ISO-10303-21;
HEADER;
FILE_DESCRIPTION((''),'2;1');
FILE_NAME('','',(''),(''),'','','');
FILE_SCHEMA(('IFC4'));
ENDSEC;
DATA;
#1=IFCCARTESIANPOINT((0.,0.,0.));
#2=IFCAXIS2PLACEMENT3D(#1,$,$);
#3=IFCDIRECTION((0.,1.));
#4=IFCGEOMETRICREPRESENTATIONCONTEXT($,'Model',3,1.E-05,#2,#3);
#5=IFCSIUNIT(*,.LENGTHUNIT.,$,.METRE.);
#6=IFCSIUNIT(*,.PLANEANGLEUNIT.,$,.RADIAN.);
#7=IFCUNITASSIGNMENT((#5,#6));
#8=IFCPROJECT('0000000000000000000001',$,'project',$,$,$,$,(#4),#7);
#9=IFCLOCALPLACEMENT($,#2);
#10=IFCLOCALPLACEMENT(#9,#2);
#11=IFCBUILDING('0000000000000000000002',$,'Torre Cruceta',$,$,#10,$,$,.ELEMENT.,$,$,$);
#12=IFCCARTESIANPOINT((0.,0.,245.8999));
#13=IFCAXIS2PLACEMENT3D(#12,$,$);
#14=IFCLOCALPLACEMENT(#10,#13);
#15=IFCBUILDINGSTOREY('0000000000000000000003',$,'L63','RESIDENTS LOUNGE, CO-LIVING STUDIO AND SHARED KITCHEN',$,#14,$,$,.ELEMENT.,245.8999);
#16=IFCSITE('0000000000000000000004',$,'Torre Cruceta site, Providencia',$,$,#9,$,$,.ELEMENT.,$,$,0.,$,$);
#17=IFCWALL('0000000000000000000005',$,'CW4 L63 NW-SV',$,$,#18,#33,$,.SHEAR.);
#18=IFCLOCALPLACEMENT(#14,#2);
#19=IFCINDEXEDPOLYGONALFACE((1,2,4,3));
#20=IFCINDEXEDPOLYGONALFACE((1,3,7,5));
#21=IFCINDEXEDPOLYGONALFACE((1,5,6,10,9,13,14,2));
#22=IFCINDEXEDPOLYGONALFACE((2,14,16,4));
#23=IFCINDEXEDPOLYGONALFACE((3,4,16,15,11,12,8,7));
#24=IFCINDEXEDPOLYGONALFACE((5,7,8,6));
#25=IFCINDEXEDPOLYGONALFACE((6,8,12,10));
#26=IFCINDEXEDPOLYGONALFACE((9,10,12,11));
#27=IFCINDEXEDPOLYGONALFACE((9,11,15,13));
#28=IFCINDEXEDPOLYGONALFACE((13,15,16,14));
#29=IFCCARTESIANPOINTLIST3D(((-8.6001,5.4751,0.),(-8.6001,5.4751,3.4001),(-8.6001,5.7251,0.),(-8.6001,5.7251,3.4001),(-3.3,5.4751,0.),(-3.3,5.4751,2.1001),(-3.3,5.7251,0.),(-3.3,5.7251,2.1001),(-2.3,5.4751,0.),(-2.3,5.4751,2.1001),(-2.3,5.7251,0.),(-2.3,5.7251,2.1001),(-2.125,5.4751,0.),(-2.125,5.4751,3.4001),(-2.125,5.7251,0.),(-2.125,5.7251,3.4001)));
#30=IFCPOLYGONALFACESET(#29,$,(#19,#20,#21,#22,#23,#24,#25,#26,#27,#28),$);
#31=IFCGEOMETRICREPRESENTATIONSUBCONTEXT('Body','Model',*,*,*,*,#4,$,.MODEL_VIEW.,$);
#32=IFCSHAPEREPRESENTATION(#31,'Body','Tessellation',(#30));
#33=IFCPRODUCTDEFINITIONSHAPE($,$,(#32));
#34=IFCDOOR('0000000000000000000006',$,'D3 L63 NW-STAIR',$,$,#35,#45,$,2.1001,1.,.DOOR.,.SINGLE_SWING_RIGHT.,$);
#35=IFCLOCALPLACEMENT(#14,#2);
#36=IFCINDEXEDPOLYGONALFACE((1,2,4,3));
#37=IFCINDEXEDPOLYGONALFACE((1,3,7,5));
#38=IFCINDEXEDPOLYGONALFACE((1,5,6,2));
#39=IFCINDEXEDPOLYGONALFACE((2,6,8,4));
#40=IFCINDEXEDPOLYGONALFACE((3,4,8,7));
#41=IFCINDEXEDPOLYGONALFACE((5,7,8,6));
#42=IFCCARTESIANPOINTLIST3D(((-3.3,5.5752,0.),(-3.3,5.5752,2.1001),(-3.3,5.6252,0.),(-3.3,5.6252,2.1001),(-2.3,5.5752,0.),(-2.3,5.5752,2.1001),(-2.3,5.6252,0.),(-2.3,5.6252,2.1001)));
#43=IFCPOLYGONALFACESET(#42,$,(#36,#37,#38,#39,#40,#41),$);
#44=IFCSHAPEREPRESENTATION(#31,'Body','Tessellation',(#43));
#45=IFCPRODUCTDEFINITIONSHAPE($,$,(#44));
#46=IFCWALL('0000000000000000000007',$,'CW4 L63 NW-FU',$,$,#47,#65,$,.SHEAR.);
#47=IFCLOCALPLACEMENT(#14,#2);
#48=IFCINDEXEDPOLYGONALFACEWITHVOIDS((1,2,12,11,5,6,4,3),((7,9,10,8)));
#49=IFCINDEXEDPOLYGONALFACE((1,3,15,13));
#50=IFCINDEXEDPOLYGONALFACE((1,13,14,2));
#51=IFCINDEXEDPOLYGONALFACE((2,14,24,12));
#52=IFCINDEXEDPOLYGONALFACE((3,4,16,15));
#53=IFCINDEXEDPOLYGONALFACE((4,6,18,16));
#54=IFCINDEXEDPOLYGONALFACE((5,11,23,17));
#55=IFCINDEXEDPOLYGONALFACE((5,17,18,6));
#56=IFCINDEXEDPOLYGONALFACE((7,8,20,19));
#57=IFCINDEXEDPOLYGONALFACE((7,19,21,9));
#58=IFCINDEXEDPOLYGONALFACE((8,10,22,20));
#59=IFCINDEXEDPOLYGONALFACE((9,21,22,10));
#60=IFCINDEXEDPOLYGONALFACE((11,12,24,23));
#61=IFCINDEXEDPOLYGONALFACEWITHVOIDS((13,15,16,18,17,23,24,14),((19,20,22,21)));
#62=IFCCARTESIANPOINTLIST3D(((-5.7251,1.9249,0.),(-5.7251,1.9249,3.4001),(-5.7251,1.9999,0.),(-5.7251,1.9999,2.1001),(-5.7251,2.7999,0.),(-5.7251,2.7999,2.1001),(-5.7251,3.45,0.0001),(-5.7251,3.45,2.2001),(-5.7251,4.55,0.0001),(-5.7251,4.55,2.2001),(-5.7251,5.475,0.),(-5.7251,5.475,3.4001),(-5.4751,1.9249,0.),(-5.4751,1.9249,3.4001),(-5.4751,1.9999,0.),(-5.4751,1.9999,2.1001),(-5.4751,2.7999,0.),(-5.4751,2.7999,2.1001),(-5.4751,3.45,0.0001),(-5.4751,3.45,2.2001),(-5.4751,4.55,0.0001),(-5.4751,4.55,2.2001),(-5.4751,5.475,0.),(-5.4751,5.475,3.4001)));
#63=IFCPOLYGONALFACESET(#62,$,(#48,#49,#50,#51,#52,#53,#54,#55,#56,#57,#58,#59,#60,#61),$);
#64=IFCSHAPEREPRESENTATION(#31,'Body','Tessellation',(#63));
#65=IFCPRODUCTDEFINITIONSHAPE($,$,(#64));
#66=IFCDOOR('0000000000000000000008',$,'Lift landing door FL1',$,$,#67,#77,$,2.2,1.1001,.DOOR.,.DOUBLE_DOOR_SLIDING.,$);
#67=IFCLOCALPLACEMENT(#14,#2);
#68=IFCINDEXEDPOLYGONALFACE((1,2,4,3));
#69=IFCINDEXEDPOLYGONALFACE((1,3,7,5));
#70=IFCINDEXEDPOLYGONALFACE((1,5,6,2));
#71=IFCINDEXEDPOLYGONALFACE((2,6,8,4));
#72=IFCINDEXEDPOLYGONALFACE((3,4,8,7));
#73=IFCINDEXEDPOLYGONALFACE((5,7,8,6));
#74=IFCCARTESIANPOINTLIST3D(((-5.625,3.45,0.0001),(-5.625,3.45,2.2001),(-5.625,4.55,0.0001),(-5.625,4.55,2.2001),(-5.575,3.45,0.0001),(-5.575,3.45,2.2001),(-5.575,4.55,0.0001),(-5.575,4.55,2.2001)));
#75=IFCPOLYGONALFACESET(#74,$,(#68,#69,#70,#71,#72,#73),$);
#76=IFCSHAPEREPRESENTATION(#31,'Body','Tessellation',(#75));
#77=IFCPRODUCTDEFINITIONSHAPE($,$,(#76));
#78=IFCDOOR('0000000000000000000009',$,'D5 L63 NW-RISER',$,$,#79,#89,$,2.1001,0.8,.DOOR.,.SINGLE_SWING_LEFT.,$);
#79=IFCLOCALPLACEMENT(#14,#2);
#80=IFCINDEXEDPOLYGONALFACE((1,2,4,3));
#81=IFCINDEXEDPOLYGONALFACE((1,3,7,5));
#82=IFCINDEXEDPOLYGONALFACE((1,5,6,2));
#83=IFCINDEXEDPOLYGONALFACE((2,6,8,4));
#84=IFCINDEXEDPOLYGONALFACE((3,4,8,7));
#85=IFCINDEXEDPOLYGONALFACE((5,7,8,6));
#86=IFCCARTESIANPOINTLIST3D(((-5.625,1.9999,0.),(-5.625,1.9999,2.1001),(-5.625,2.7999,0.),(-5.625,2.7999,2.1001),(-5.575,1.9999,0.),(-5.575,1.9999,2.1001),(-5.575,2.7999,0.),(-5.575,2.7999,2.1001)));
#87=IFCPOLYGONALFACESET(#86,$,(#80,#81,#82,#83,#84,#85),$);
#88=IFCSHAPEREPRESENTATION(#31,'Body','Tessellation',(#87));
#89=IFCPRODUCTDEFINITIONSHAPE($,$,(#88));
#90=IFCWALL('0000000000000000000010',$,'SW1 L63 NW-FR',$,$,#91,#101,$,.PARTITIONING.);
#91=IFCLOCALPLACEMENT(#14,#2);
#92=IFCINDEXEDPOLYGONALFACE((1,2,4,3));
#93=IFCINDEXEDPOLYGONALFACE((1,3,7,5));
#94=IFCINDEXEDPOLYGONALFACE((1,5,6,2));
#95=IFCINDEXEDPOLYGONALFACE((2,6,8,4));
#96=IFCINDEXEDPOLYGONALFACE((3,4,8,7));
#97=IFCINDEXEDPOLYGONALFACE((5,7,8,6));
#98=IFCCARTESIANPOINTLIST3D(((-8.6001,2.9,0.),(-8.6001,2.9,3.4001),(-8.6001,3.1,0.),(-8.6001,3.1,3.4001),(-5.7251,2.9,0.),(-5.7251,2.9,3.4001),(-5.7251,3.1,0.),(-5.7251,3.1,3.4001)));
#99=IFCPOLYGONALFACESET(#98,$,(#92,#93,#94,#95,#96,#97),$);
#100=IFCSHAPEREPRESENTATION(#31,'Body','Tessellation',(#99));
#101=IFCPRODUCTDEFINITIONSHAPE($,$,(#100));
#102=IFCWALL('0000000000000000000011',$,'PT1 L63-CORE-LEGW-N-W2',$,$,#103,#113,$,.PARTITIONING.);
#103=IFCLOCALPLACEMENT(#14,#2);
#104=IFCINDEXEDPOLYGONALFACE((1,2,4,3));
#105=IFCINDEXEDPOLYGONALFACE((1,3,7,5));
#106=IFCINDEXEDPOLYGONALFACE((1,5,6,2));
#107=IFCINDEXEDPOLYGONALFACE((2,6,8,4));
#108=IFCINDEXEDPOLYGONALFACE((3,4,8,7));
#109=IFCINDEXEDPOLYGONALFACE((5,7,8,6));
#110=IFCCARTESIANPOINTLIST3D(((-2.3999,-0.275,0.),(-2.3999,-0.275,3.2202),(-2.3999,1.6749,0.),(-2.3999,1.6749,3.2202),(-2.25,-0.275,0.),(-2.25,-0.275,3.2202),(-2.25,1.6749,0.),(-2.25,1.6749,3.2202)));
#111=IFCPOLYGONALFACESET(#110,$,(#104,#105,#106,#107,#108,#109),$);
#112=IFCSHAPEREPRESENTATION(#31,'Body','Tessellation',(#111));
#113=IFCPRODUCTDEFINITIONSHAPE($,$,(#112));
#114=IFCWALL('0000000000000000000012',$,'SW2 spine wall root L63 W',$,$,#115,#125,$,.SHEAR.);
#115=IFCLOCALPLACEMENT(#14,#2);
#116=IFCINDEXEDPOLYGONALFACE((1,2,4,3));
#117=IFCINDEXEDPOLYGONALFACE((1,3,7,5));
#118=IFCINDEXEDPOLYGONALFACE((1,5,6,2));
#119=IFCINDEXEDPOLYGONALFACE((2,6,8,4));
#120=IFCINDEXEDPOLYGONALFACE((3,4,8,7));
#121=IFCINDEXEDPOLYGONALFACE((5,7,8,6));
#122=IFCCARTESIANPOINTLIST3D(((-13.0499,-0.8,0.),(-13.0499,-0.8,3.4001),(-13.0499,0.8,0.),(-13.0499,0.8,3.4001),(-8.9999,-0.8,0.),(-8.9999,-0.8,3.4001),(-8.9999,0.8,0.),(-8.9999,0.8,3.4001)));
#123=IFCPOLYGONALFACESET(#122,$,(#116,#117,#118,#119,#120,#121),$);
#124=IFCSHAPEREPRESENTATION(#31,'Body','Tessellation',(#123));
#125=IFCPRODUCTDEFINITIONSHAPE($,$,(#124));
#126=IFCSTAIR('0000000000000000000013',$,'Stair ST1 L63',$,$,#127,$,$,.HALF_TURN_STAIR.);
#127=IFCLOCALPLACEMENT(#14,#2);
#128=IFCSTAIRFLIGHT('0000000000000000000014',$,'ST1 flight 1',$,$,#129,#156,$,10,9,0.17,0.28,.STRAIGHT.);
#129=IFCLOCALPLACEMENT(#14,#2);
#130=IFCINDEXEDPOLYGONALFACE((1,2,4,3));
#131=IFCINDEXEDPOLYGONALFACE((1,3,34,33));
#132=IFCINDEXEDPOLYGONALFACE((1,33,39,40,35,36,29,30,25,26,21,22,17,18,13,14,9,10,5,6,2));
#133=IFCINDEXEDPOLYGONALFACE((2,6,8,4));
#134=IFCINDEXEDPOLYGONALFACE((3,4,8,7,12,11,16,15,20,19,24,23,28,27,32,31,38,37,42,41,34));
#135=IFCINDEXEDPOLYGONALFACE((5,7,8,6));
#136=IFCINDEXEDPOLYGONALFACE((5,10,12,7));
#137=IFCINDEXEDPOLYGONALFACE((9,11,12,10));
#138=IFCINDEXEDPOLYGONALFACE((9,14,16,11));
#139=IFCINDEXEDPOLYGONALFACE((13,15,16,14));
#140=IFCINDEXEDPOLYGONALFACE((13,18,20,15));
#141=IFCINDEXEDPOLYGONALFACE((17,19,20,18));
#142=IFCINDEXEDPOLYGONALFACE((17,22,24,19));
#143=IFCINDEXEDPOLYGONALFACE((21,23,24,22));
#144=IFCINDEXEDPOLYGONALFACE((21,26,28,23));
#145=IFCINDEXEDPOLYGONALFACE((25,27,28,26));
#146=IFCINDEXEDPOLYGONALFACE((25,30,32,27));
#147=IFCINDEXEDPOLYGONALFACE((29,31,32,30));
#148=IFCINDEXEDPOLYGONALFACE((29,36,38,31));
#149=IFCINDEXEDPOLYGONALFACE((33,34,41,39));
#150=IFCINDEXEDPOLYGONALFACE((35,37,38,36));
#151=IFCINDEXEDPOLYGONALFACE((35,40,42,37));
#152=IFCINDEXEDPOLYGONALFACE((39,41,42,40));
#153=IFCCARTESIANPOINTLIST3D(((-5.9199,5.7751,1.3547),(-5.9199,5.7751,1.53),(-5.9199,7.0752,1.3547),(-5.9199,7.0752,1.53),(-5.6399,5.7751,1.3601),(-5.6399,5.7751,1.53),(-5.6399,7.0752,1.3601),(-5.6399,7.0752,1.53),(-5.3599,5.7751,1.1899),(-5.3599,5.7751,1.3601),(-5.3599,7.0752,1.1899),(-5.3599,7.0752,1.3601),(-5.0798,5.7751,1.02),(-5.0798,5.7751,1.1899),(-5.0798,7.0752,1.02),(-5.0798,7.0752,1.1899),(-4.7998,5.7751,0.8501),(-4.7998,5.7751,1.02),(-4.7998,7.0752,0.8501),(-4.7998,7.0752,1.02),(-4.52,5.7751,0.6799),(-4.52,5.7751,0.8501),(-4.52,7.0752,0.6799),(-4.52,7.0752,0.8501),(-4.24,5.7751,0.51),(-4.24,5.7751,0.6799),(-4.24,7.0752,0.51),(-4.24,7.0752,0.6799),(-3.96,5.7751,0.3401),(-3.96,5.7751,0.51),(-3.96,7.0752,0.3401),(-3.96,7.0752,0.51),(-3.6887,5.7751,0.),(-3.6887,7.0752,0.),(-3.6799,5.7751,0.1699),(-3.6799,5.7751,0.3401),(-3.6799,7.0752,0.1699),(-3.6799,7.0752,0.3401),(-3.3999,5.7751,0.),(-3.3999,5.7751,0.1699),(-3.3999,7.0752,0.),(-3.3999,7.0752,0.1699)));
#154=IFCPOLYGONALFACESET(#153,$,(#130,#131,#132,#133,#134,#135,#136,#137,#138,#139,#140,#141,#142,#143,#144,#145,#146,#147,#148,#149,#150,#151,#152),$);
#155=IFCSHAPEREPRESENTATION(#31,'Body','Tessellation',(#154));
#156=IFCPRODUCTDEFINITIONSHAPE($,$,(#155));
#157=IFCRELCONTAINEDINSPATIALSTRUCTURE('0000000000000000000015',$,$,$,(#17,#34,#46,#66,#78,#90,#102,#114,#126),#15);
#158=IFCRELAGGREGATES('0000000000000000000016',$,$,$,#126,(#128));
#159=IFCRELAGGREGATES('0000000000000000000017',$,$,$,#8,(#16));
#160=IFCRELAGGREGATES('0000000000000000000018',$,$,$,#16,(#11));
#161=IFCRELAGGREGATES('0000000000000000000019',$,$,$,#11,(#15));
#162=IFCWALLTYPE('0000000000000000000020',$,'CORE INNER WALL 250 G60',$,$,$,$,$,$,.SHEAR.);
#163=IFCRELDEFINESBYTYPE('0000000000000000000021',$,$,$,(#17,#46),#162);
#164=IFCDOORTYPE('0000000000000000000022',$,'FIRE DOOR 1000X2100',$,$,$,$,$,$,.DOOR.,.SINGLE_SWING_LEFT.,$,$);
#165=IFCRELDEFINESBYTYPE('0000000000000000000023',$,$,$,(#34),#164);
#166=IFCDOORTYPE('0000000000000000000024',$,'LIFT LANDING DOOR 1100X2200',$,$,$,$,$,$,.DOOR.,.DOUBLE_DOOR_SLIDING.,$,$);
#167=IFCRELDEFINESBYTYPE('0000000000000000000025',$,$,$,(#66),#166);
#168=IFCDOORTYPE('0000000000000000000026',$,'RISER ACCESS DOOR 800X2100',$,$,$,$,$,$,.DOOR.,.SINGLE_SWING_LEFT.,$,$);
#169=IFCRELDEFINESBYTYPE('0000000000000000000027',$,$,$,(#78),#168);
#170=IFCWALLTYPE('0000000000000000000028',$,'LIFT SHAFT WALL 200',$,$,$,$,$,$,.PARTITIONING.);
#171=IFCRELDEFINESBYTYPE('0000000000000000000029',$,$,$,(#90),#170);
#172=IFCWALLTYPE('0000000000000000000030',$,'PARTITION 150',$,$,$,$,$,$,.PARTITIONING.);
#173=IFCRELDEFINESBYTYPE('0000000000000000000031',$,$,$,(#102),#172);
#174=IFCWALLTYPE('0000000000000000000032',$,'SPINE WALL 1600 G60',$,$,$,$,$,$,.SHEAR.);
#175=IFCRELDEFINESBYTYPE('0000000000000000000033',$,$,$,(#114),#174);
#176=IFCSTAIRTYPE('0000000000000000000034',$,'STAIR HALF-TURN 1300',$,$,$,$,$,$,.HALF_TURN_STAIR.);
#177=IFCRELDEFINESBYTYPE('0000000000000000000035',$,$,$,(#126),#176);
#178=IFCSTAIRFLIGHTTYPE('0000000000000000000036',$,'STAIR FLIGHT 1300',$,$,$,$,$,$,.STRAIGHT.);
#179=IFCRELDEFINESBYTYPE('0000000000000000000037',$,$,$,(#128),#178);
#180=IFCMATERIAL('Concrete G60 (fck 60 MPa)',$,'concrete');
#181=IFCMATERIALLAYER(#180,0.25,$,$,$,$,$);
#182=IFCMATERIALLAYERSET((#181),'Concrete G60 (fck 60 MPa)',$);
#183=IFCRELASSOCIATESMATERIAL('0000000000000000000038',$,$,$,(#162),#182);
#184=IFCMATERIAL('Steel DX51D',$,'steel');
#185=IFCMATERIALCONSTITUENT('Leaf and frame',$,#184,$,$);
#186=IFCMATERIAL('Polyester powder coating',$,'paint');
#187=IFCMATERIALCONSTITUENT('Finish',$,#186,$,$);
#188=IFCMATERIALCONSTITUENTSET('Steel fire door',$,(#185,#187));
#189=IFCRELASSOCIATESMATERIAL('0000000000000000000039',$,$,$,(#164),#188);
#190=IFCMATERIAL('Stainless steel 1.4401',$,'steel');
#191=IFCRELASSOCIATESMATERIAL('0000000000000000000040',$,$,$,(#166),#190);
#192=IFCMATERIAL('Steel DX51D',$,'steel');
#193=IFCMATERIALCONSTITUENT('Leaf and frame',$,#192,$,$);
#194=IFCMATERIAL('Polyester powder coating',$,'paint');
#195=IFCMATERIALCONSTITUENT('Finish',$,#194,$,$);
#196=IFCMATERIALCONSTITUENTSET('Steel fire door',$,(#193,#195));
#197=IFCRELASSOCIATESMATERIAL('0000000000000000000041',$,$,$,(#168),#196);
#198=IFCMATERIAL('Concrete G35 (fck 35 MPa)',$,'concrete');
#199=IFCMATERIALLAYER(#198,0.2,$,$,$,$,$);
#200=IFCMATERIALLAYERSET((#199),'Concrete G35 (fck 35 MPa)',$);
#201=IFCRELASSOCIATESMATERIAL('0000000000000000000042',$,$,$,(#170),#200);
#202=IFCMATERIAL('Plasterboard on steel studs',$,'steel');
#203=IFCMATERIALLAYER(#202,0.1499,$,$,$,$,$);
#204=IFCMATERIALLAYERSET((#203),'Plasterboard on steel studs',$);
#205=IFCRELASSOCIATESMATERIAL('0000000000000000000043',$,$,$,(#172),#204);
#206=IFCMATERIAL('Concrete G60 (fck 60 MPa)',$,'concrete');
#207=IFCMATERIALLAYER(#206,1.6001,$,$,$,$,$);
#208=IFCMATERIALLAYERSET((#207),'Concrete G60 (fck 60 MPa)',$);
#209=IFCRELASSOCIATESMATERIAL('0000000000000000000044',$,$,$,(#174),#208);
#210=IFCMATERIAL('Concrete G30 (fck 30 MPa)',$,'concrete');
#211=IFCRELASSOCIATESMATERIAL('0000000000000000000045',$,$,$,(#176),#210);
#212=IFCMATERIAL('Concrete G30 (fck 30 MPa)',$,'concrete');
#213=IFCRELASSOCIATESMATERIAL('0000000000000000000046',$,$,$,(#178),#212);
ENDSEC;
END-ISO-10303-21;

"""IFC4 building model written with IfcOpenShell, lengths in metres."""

from ifc_helpers import new_model, si_unit, direction, frame, frame_2d, origin, place, context, subcontext, project, spatial, polyline, rectangle, outline, extrude, material, layer, layer_set, constituent, constituent_set, type_object, element, fill, aggregate, save


model = new_model("IFC4")

# Units and contexts
model_context = context("Model", 3, precision=1e-05, world=origin(), true_north=direction((0.0, 1.0)))
body_context = subcontext(model_context, "Body", "Model", "MODEL_VIEW")
ifc_project = project(units=[si_unit("LENGTHUNIT", "METRE"), si_unit("PLANEANGLEUNIT", "RADIAN")], contexts=[model_context])

# Site, building, storey
site_placement = place(None, origin())
site = spatial("IfcSite", under=ifc_project, at=site_placement, Name="Torre Cruceta site, Providencia", CompositionType="ELEMENT", RefElevation=0.0)
building_placement = place(site_placement, origin())
building = spatial("IfcBuilding", under=site, at=building_placement, Name="Torre Cruceta", CompositionType="ELEMENT")
storey_placement = place(building_placement, frame((0.0, 0.0, 245.8999)))
storey = spatial("IfcBuildingStorey", under=building, at=storey_placement, Name="L63", Description="RESIDENTS LOUNGE, CO-LIVING STUDIO AND SHARED KITCHEN", CompositionType="ELEMENT", Elevation=245.8999)

# Shared definitions
ifc_material_1 = material(Name="Concrete G60 (fck 60 MPa)", Category="concrete")
ifc_layer_1 = layer(ifc_material_1, 0.25)
ifc_layer_set_1 = layer_set([ifc_layer_1], Name="Concrete G60 (fck 60 MPa)")
wall_type_1 = type_object("IfcWallType", Name="CORE INNER WALL 250 G60", PredefinedType="SHEAR", material=ifc_layer_set_1)
ifc_material_2 = material(Name="Steel DX51D", Category="steel")
ifc_constituent_1 = constituent(ifc_material_2, Name="Leaf and frame")
ifc_material_3 = material(Name="Polyester powder coating", Category="paint")
ifc_constituent_2 = constituent(ifc_material_3, Name="Finish")
ifc_constituent_set_1 = constituent_set(constituents=[ifc_constituent_1, ifc_constituent_2], Name="Steel fire door")
door_type_1 = type_object("IfcDoorType", Name="FIRE DOOR 1000X2100", OperationType="SINGLE_SWING_LEFT", PredefinedType="DOOR", material=ifc_constituent_set_1)

# Wall, opening, door
wall_1_placement = place(storey_placement, frame((-2.125, 5.6001, 0.0), z_axis=(0.0, 0.0, 1.0), x_axis=(-1.0, 0.0, 0.0)))
wall_1 = element("IfcWall", 1, at=wall_1_placement, inside=storey, type_object=wall_type_1, Name="CW4 L63 NW-SV", PredefinedType="SHEAR", context=body_context, shape_type="SweptSolid", body=[
    extrude(rectangle(XDim=6.4751, YDim=0.25, at=frame_2d((3.2375, 0.0))), origin(), (0.0, 0.0, 1.0), 3.4001),
])
opening_1_placement = place(wall_1_placement, frame((0.175, 0.0, 0.0)))
opening_1 = element("IfcOpeningElement", 2, at=opening_1_placement, cuts=wall_1, PredefinedType="OPENING", context=body_context, shape_type="SweptSolid", body=[
    extrude(rectangle(XDim=1.0, YDim=2.1001, at=frame_2d((0.5, 1.05))), frame((0.0, 0.135, 0.0), z_axis=(0.0, -1.0, 0.0), x_axis=(1.0, 0.0, 0.0)), (0.0, 0.0, 1.0), 0.27),
])
door_1_placement = place(opening_1_placement, frame((1.0, 0.0, 0.0), z_axis=(0.0, 0.0, 1.0), x_axis=(-1.0, 0.0, 0.0)))
door_1 = element("IfcDoor", 3, at=door_1_placement, inside=storey, type_object=door_type_1, Name="D3 L63 NW-STAIR", OperationType="SINGLE_SWING_RIGHT", OverallHeight=2.1001, OverallWidth=1.0, PredefinedType="DOOR", context=body_context, shape_type="SweptSolid", body=[
    extrude(rectangle(XDim=1.0, YDim=2.1001, at=frame_2d((0.5, 1.05))), frame((0.0, 0.0251, 0.0), z_axis=(0.0, -1.0, 0.0), x_axis=(1.0, 0.0, 0.0)), (0.0, 0.0, 1.0), 0.05),
])
fill(opening_1, door_1)

# Wall, openings, doors
wall_2_placement = place(storey_placement, frame((-5.6001, 1.925, 0.0), z_axis=(0.0, 0.0, 1.0), x_axis=(0.0, 1.0, 0.0)))
wall_2 = element("IfcWall", 4, at=wall_2_placement, inside=storey, type_object=wall_type_1, Name="CW4 L63 NW-FU", PredefinedType="SHEAR", context=body_context, shape_type="SweptSolid", body=[
    extrude(rectangle(XDim=3.55, YDim=0.25, at=frame_2d((1.7749, 0.0))), origin(), (0.0, 0.0, 1.0), 3.4001),
])
opening_2_placement = place(wall_2_placement, frame((1.5249, 0.0, 0.0)))
opening_2 = element("IfcOpeningElement", 5, at=opening_2_placement, cuts=wall_2, PredefinedType="OPENING", context=body_context, shape_type="SweptSolid", body=[
    extrude(rectangle(XDim=1.1001, YDim=2.2, at=frame_2d((0.55, 1.1001))), frame((0.0, 0.135, 0.0), z_axis=(0.0, -1.0, 0.0), x_axis=(1.0, 0.0, 0.0)), (0.0, 0.0, 1.0), 0.27),
])
opening_3_placement = place(wall_2_placement, frame((0.075, 0.0, 0.0)))
opening_3 = element("IfcOpeningElement", 6, at=opening_3_placement, cuts=wall_2, PredefinedType="OPENING", context=body_context, shape_type="SweptSolid", body=[
    extrude(rectangle(XDim=0.8, YDim=2.1001, at=frame_2d((0.3999, 1.05))), frame((0.0, 0.135, 0.0), z_axis=(0.0, -1.0, 0.0), x_axis=(1.0, 0.0, 0.0)), (0.0, 0.0, 1.0), 0.27),
])
ifc_material_4 = material(Name="Stainless steel 1.4401", Category="steel")
door_type_2 = type_object("IfcDoorType", Name="LIFT LANDING DOOR 1100X2200", OperationType="DOUBLE_DOOR_SLIDING", PredefinedType="DOOR", material=ifc_material_4)
door_2_placement = place(opening_2_placement, origin())
door_2 = element("IfcDoor", 7, at=door_2_placement, inside=storey, type_object=door_type_2, Name="Lift landing door FL1", OperationType="DOUBLE_DOOR_SLIDING", OverallHeight=2.2, OverallWidth=1.1001, PredefinedType="DOOR", context=body_context, shape_type="SweptSolid", body=[
    extrude(rectangle(XDim=1.1001, YDim=2.2, at=frame_2d((0.55, 1.1001))), frame((0.0, 0.0249, 0.0), z_axis=(0.0, -1.0, 0.0), x_axis=(1.0, 0.0, 0.0)), (0.0, 0.0, 1.0), 0.05),
])
fill(opening_2, door_2)
ifc_material_5 = material(Name="Steel DX51D", Category="steel")
ifc_constituent_3 = constituent(ifc_material_5, Name="Leaf and frame")
ifc_material_6 = material(Name="Polyester powder coating", Category="paint")
ifc_constituent_4 = constituent(ifc_material_6, Name="Finish")
ifc_constituent_set_2 = constituent_set(constituents=[ifc_constituent_3, ifc_constituent_4], Name="Steel fire door")
door_type_3 = type_object("IfcDoorType", Name="RISER ACCESS DOOR 800X2100", OperationType="SINGLE_SWING_LEFT", PredefinedType="DOOR", material=ifc_constituent_set_2)
door_3_placement = place(opening_3_placement, origin())
door_3 = element("IfcDoor", 8, at=door_3_placement, inside=storey, type_object=door_type_3, Name="D5 L63 NW-RISER", OperationType="SINGLE_SWING_LEFT", OverallHeight=2.1001, OverallWidth=0.8, PredefinedType="DOOR", context=body_context, shape_type="SweptSolid", body=[
    extrude(rectangle(XDim=0.8, YDim=2.1001, at=frame_2d((0.3999, 1.05))), frame((0.0, 0.0249, 0.0), z_axis=(0.0, -1.0, 0.0), x_axis=(1.0, 0.0, 0.0)), (0.0, 0.0, 1.0), 0.05),
])
fill(opening_3, door_3)

# Walls
ifc_material_7 = material(Name="Concrete G35 (fck 35 MPa)", Category="concrete")
ifc_layer_2 = layer(ifc_material_7, 0.2)
ifc_layer_set_2 = layer_set([ifc_layer_2], Name="Concrete G35 (fck 35 MPa)")
wall_type_2 = type_object("IfcWallType", Name="LIFT SHAFT WALL 200", PredefinedType="PARTITIONING", material=ifc_layer_set_2)
wall_3_placement = place(storey_placement, frame((-5.7251, 3.0, 0.0), z_axis=(0.0, 0.0, 1.0), x_axis=(-1.0, 0.0, 0.0)))
element("IfcWall", 9, at=wall_3_placement, inside=storey, type_object=wall_type_2, Name="SW1 L63 NW-FR", PredefinedType="PARTITIONING", context=body_context, shape_type="SweptSolid", body=[
    extrude(rectangle(XDim=2.875, YDim=0.2, at=frame_2d((1.4375, 0.0))), origin(), (0.0, 0.0, 1.0), 3.4001),
])
ifc_material_8 = material(Name="Plasterboard on steel studs", Category="steel")
ifc_layer_3 = layer(ifc_material_8, 0.1499)
ifc_layer_set_3 = layer_set([ifc_layer_3], Name="Plasterboard on steel studs")
wall_type_3 = type_object("IfcWallType", Name="PARTITION 150", PredefinedType="PARTITIONING", material=ifc_layer_set_3)
wall_4_placement = place(storey_placement, frame((-2.325, 1.675, 0.0), z_axis=(0.0, 0.0, 1.0), x_axis=(0.0, -1.0, 0.0)))
element("IfcWall", 10, at=wall_4_placement, inside=storey, type_object=wall_type_3, Name="PT1 L63-CORE-LEGW-N-W2", PredefinedType="PARTITIONING", context=body_context, shape_type="SweptSolid", body=[
    extrude(rectangle(XDim=1.95, YDim=0.1499, at=frame_2d((0.9751, 0.0))), origin(), (0.0, 0.0, 1.0), 3.2202),
])
ifc_material_9 = material(Name="Concrete G60 (fck 60 MPa)", Category="concrete")
ifc_layer_4 = layer(ifc_material_9, 1.6001)
ifc_layer_set_4 = layer_set([ifc_layer_4], Name="Concrete G60 (fck 60 MPa)")
wall_type_4 = type_object("IfcWallType", Name="SPINE WALL 1600 G60", PredefinedType="SHEAR", material=ifc_layer_set_4)
wall_5_placement = place(storey_placement, frame((-9.0, 0.0, 0.0), z_axis=(0.0, 0.0, 1.0), x_axis=(-1.0, 0.0, 0.0)))
element("IfcWall", 11, at=wall_5_placement, inside=storey, type_object=wall_type_4, Name="SW2 spine wall root L63 W", PredefinedType="SHEAR", context=body_context, shape_type="SweptSolid", body=[
    extrude(rectangle(XDim=4.05, YDim=1.6001, at=frame_2d((2.0249, 0.0))), origin(), (0.0, 0.0, 1.0), 3.4001),
])

# Stair, stair flight
ifc_material_10 = material(Name="Concrete G30 (fck 30 MPa)", Category="concrete")
stair_type = type_object("IfcStairType", Name="STAIR HALF-TURN 1300", PredefinedType="HALF_TURN_STAIR", material=ifc_material_10)
stair_placement = place(storey_placement, origin())
stair = element("IfcStair", 12, at=stair_placement, inside=storey, type_object=stair_type, Name="Stair ST1 L63", PredefinedType="HALF_TURN_STAIR")
ifc_material_11 = material(Name="Concrete G30 (fck 30 MPa)", Category="concrete")
stair_flight_type = type_object("IfcStairFlightType", Name="STAIR FLIGHT 1300", PredefinedType="STRAIGHT", material=ifc_material_11)
stair_flight_1_placement = place(storey_placement, frame((-3.3999, 6.425, 0.0), z_axis=(0.0, 0.0, 1.0), x_axis=(-1.0, 0.0, 0.0)))
stair_flight_1 = element("IfcStairFlight", 13, at=stair_flight_1_placement, type_object=stair_flight_type, Name="ST1 flight 1", NumberOfRisers=10, NumberOfTreads=9, PredefinedType="STRAIGHT", RiserHeight=0.17, TreadLength=0.28, context=body_context, shape_type="SweptSolid", body=[
    extrude(outline(polyline([(0.0, 0.0), (0.0, 0.1699), (0.28, 0.1699), (0.28, 0.3401), (0.5601, 0.3401), (0.5601, 0.51), (0.8401, 0.51), (0.8401, 0.6799), (1.1201, 0.6799), (1.1201, 0.8501), (1.3999, 0.8501), (1.3999, 1.02), (1.6799, 1.02), (1.6799, 1.1899), (1.96, 1.1899), (1.96, 1.3601), (2.24, 1.3601), (2.24, 1.53), (2.52, 1.53), (2.52, 1.7), (2.52, 1.3547), (0.2888, 0.0), (0.0, 0.0)])), frame((0.0, 0.6499, 0.0), z_axis=(0.0, -1.0, 0.0), x_axis=(1.0, 0.0, 0.0)), (0.0, 0.0, 1.0), 1.3),
])
aggregate(stair, [stair_flight_1])

save(model, "model.ifc")
